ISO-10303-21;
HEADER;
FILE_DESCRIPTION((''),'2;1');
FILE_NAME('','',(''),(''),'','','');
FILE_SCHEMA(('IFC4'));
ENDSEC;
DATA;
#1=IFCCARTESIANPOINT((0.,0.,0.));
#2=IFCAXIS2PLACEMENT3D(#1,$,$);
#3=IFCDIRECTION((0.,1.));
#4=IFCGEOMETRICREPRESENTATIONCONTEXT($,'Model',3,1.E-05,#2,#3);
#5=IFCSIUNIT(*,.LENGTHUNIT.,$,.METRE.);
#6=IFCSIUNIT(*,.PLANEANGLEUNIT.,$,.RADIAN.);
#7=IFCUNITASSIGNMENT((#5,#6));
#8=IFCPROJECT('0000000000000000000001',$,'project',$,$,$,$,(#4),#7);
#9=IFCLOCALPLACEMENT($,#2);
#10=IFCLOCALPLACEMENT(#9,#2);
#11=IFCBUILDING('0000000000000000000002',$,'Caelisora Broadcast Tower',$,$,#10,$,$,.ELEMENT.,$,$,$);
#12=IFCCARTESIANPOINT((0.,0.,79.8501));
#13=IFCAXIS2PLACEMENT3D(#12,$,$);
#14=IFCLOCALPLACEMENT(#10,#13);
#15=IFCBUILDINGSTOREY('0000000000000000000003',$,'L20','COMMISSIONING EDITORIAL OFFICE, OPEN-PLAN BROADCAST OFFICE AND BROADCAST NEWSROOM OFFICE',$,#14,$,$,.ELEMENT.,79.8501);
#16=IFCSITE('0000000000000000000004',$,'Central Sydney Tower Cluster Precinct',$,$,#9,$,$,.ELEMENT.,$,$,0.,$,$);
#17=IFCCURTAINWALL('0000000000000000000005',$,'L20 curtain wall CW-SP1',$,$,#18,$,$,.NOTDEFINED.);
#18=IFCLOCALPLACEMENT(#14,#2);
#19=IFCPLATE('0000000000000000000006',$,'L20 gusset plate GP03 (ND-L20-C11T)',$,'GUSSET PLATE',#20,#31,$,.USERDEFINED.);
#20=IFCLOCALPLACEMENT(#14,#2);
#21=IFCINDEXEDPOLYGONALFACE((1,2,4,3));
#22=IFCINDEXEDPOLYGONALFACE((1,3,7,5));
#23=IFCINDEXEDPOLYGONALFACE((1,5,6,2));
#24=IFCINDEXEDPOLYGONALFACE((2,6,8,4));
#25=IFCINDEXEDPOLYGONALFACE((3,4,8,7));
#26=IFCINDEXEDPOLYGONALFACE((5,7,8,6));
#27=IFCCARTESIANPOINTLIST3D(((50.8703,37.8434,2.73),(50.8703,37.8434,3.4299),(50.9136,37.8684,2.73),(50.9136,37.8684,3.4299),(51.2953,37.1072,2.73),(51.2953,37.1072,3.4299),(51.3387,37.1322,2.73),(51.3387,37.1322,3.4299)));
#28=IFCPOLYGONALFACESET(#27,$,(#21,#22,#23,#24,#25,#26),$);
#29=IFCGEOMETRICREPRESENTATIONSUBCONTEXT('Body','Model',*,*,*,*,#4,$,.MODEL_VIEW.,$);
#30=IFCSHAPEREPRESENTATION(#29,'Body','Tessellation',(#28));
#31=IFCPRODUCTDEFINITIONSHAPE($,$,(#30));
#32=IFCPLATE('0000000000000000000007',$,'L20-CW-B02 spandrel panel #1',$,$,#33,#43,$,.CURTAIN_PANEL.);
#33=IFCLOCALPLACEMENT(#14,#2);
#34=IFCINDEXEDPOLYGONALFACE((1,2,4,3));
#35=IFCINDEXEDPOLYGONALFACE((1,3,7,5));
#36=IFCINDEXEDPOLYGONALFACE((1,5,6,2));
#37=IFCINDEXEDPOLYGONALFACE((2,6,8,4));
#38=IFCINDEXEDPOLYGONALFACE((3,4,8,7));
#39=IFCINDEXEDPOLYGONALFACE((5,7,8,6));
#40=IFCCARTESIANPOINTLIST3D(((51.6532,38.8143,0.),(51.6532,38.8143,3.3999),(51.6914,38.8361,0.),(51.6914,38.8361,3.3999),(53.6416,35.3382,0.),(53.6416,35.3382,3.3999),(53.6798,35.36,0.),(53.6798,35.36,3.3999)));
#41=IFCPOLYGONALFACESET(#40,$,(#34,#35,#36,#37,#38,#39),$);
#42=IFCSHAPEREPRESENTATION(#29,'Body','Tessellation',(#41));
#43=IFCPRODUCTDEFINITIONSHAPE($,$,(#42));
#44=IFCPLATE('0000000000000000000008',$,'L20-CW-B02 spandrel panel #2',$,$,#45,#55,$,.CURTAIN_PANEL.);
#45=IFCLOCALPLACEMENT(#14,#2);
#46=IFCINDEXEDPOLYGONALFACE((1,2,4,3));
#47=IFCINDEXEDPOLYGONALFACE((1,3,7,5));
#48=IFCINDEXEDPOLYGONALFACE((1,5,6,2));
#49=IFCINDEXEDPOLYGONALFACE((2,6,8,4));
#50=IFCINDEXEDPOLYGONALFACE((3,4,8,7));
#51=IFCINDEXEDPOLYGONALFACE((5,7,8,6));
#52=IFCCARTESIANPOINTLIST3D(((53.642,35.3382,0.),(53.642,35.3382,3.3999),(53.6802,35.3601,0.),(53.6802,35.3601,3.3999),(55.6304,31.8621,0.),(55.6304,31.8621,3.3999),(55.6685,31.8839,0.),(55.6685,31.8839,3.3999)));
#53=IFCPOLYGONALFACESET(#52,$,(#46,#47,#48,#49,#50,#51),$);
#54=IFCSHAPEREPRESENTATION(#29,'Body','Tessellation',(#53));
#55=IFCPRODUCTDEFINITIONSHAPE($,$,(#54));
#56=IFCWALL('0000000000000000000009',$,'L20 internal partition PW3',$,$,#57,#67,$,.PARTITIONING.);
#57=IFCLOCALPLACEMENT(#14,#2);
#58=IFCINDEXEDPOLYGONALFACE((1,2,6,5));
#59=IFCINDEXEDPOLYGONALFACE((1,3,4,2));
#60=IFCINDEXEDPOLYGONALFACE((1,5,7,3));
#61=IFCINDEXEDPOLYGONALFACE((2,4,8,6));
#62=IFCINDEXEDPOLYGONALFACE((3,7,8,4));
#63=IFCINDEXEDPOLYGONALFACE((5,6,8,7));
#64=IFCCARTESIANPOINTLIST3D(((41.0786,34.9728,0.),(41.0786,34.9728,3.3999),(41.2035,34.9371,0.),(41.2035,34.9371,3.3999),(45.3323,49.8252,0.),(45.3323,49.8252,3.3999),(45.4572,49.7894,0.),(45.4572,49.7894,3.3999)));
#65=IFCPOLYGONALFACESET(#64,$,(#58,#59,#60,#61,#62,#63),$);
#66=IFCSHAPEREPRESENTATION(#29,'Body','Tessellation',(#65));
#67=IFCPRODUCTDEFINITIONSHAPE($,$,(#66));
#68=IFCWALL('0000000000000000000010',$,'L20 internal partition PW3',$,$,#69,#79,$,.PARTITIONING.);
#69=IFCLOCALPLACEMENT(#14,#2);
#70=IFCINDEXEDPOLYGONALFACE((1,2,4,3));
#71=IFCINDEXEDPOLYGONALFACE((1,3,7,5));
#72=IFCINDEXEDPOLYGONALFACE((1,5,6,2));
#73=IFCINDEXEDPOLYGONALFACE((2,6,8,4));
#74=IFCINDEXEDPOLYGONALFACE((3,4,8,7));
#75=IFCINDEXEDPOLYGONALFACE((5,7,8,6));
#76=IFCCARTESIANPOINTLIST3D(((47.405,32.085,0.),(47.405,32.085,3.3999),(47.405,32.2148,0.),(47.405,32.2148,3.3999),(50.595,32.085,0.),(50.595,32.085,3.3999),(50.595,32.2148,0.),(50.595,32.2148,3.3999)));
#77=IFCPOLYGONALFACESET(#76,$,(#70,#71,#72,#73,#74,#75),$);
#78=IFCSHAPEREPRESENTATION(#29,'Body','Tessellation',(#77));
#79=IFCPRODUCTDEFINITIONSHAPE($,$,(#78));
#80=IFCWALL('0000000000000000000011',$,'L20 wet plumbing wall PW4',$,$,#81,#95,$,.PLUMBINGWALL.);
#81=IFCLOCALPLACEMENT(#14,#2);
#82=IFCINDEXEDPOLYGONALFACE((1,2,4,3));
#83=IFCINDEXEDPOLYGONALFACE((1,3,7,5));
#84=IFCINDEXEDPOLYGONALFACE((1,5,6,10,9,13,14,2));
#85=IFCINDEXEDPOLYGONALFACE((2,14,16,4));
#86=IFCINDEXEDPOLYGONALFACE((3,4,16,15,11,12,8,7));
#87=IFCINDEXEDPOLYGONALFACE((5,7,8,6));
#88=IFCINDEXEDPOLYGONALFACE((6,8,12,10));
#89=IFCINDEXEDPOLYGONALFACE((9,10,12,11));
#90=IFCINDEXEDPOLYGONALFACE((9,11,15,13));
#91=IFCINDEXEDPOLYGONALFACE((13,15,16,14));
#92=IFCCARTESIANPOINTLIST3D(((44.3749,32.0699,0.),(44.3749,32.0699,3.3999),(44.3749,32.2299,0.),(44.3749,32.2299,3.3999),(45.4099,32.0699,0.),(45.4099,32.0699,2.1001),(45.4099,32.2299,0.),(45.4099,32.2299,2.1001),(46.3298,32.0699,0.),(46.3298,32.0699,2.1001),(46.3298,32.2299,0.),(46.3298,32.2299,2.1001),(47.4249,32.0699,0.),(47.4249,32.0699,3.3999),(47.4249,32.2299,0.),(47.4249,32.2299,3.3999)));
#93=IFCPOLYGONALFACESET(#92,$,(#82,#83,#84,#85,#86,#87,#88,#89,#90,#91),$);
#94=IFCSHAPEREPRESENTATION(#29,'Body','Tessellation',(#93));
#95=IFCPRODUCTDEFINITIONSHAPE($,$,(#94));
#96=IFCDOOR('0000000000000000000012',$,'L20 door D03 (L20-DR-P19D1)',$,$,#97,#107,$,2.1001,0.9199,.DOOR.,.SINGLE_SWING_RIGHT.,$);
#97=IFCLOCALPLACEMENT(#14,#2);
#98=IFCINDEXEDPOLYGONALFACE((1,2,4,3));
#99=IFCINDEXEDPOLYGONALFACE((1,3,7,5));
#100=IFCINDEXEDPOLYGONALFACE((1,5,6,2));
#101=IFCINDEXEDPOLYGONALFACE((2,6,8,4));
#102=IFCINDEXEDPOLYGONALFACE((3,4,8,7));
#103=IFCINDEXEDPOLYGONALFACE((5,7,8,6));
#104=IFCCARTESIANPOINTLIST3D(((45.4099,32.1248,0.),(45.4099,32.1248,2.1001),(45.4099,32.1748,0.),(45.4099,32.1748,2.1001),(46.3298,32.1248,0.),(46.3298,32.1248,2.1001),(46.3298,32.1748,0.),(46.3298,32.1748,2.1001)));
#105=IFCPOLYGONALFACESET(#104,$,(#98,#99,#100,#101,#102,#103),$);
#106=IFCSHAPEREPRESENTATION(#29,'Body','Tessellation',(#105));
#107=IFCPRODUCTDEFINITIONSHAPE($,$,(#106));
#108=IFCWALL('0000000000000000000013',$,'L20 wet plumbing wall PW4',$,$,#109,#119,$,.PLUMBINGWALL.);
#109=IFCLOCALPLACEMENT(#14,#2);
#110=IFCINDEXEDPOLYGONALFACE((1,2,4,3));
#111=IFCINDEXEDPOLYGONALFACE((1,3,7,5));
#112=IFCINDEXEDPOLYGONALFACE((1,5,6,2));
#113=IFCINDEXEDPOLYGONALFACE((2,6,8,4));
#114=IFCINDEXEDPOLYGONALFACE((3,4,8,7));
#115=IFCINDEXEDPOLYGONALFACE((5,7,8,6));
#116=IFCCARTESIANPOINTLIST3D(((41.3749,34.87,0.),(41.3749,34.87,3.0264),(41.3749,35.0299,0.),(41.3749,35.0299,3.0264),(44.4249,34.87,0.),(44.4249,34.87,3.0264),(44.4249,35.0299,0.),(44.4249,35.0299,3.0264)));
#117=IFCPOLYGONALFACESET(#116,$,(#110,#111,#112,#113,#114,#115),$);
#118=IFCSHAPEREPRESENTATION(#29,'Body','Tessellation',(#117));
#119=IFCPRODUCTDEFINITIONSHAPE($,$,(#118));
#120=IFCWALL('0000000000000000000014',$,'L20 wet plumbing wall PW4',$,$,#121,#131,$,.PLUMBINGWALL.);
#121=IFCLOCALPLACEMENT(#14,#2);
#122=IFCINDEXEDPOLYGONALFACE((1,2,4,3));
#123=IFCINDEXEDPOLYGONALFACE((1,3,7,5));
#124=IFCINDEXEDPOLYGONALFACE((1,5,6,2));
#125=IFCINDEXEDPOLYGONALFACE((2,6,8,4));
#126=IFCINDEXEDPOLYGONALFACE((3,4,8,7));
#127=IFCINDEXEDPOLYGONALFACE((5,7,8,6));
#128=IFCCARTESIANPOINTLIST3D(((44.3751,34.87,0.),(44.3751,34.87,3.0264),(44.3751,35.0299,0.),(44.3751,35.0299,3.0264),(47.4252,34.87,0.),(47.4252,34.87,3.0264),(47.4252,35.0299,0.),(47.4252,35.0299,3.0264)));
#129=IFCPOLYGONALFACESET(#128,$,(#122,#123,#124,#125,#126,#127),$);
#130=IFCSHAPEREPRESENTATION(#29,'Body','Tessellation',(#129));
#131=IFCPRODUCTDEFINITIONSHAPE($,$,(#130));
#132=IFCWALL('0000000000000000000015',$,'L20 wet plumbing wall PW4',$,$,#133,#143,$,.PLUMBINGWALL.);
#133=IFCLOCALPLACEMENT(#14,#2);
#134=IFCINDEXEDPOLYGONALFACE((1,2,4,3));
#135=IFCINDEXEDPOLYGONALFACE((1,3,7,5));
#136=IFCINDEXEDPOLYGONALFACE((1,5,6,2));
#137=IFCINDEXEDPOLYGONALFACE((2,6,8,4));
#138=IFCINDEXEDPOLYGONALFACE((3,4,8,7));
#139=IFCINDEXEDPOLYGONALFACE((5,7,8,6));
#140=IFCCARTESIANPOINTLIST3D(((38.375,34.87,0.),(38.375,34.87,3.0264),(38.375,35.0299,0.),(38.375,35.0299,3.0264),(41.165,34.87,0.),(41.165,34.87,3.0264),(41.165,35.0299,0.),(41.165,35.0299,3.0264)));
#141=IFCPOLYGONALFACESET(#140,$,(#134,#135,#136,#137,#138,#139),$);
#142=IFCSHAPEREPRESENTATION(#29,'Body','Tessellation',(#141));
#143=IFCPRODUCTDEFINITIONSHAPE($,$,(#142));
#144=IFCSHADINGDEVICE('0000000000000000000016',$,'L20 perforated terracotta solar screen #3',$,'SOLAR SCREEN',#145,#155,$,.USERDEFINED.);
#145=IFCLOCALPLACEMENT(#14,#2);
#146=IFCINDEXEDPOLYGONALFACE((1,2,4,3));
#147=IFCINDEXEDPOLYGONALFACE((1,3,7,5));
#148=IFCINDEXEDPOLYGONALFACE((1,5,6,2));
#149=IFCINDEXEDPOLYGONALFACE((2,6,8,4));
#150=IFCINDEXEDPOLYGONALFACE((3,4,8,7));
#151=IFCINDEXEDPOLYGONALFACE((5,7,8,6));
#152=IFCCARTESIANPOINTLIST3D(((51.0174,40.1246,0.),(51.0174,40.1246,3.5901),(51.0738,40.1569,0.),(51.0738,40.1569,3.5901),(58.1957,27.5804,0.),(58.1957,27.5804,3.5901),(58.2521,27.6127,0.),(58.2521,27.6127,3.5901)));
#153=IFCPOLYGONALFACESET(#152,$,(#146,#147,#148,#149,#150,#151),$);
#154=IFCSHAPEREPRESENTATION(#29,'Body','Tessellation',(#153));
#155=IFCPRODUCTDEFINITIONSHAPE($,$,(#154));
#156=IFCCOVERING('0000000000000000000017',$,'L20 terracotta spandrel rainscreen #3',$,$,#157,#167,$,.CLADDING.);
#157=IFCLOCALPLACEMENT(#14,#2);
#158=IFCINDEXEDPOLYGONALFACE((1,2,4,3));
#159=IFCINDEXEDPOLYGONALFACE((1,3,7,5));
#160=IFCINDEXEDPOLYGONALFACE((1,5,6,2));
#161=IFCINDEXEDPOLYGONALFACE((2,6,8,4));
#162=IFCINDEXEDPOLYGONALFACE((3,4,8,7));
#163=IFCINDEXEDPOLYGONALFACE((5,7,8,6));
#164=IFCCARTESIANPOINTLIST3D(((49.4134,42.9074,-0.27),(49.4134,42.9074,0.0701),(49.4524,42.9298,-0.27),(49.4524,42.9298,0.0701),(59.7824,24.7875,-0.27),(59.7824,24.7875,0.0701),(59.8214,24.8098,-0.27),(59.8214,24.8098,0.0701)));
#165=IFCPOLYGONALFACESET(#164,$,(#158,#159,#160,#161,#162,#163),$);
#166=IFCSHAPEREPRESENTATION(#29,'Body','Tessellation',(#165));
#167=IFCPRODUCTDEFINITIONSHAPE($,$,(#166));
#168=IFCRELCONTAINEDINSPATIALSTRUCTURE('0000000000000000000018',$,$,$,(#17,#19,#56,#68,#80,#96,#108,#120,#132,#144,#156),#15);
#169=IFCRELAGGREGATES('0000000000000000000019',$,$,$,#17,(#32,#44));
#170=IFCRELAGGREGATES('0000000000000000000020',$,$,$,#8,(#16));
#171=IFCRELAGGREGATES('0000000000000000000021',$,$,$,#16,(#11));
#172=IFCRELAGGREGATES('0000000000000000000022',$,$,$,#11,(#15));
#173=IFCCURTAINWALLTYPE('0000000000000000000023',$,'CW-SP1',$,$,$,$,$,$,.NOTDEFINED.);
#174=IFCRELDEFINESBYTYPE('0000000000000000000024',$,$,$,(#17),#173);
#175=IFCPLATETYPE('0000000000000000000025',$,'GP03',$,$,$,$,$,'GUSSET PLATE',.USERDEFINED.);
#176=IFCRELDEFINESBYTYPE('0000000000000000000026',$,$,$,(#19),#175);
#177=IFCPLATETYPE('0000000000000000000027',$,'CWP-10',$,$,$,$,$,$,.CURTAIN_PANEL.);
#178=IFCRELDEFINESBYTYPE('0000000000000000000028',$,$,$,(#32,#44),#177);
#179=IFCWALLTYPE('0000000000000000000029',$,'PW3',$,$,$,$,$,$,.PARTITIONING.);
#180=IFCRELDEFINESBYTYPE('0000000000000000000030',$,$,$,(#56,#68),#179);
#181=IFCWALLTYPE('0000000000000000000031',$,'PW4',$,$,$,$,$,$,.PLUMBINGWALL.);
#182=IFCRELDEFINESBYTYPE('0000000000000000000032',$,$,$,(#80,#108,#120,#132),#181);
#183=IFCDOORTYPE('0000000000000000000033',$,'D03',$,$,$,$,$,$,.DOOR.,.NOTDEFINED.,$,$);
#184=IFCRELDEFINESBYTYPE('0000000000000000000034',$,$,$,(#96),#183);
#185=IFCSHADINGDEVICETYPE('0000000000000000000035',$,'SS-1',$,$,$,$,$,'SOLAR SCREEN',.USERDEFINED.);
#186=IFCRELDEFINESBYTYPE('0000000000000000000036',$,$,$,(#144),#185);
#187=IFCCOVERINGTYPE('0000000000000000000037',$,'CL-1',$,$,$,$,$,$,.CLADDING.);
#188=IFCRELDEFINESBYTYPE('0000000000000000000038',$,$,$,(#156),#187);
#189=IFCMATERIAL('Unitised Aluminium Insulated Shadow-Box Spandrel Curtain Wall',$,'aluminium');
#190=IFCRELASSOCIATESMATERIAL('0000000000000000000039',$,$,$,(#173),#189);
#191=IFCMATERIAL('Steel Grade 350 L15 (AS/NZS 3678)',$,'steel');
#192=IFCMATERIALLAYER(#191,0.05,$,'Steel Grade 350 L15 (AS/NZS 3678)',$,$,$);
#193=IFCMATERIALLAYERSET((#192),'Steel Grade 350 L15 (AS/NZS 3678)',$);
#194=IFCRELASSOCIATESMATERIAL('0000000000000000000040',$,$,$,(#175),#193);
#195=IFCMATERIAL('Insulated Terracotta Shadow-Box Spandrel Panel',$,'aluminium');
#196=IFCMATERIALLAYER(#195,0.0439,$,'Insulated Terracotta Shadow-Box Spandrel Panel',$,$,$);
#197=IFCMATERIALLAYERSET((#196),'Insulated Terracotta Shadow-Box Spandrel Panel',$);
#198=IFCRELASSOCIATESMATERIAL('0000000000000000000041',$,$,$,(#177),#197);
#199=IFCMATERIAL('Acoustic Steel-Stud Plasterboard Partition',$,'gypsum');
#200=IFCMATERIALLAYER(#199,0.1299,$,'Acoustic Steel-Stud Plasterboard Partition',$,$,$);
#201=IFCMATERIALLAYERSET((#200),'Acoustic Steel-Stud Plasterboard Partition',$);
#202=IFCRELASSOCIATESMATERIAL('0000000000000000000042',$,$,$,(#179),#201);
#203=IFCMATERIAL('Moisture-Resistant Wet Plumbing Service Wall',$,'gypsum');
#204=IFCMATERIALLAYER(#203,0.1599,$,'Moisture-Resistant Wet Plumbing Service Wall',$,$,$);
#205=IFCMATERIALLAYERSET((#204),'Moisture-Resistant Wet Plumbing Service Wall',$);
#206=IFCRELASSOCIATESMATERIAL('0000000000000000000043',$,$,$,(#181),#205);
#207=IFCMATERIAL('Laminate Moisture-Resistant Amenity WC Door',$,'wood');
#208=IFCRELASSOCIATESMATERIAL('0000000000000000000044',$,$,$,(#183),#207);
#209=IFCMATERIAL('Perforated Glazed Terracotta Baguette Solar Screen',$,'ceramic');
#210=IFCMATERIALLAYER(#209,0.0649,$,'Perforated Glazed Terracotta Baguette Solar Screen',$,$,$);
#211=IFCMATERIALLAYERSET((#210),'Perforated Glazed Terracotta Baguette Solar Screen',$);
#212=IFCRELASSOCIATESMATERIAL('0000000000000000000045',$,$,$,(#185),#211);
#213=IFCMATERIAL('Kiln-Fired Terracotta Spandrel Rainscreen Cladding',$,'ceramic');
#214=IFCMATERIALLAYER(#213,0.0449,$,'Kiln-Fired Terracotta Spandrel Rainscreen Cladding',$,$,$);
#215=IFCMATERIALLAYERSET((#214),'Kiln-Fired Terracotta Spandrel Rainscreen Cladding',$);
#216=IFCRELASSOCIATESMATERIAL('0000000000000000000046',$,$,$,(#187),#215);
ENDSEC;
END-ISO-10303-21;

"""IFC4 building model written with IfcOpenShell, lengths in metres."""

from ifc_helpers import new_model, si_unit, direction, frame, frame_2d, origin, origin_2d, place, context, subcontext, project, spatial, rectangle, extrude, source, transform, mapped, material, layer, layer_set, type_object, type_shapes, element, fill, aggregate, save


model = new_model("IFC4")

# Units and contexts
model_context = context("Model", 3, precision=1e-05, world=origin(), true_north=direction((0.0, 1.0)))
body_context = subcontext(model_context, "Body", "Model", "MODEL_VIEW")
ifc_project = project(units=[si_unit("LENGTHUNIT", "METRE"), si_unit("PLANEANGLEUNIT", "RADIAN")], contexts=[model_context])

# Site, building, storey
site_placement = place(None, origin())
site = spatial("IfcSite", under=ifc_project, at=site_placement, Name="Central Sydney Tower Cluster Precinct", CompositionType="ELEMENT", RefElevation=0.0)
building_placement = place(site_placement, origin())
building = spatial("IfcBuilding", under=site, at=building_placement, Name="Caelisora Broadcast Tower", CompositionType="ELEMENT")
storey_placement = place(building_placement, frame((0.0, 0.0, 79.8501)))
storey = spatial("IfcBuildingStorey", under=building, at=storey_placement, Name="L20", Description="COMMISSIONING EDITORIAL OFFICE, OPEN-PLAN BROADCAST OFFICE AND BROADCAST NEWSROOM OFFICE", CompositionType="ELEMENT", Elevation=79.8501)

# Shared definitions
ifc_material_1 = material(Name="Steel Grade 350 L15 (AS/NZS 3678)", Category="steel")

# Curtain wall
ifc_material_2 = material(Name="Unitised Aluminium Insulated Shadow-Box Spandrel Curtain Wall", Category="aluminium")
curtain_wall_type = type_object("IfcCurtainWallType", Name="CW-SP1", PredefinedType="NOTDEFINED", material=ifc_material_2)
curtain_wall_placement = place(storey_placement, origin())
curtain_wall = element("IfcCurtainWall", 1, at=curtain_wall_placement, inside=storey, type_object=curtain_wall_type, Name="L20 curtain wall CW-SP1", PredefinedType="NOTDEFINED")

# Plates
ifc_layer_1 = layer(ifc_material_1, 0.05, Name="Steel Grade 350 L15 (AS/NZS 3678)")
ifc_layer_set_1 = layer_set([ifc_layer_1], Name="Steel Grade 350 L15 (AS/NZS 3678)")
plate_type_1 = type_object("IfcPlateType", Name="GP03", ElementType="GUSSET PLATE", PredefinedType="USERDEFINED", material=ifc_layer_set_1)
shared_shape_1 = source(origin(), body_context, "Body", "SweptSolid", [
    extrude(rectangle(XDim=0.8501, YDim=0.05, at=origin_2d()), origin(), (0.0, 0.0, 1.0), 0.7),
])
type_shapes(plate_type_1, [shared_shape_1])
plate_1_placement = place(storey_placement, frame((51.1045, 37.4878, 2.73), z_axis=(0.0, 0.0, 1.0), x_axis=(-0.5, 0.866025, 0.0)))
element("IfcPlate", 2, at=plate_1_placement, inside=storey, type_object=plate_type_1, Name="L20 gusset plate GP03 (ND-L20-C11T)", ObjectType="GUSSET PLATE", PredefinedType="USERDEFINED", context=body_context, shape_type="MappedRepresentation", body=[
    mapped(shared_shape_1, transform((0.0, 0.0, 0.0), scale=1.0)),
])
ifc_material_3 = material(Name="Insulated Terracotta Shadow-Box Spandrel Panel", Category="aluminium")
ifc_layer_2 = layer(ifc_material_3, 0.0439, Name="Insulated Terracotta Shadow-Box Spandrel Panel")
ifc_layer_set_2 = layer_set([ifc_layer_2], Name="Insulated Terracotta Shadow-Box Spandrel Panel")
plate_type_2 = type_object("IfcPlateType", Name="CWP-10", PredefinedType="CURTAIN_PANEL", material=ifc_layer_set_2)
shared_shape_2 = source(origin(), body_context, "Body", "SweptSolid", [
    extrude(rectangle(XDim=4.0046, YDim=0.0439, at=origin_2d()), origin(), (0.0, 0.0, 1.0), 3.3999),
])
type_shapes(plate_type_2, [shared_shape_2])
plate_2_placement = place(storey_placement, frame((52.6665, 37.0872, 0.0), z_axis=(0.0, 0.0, 1.0), x_axis=(0.49652, -0.868026, 0.0)))
plate_2 = element("IfcPlate", 3, at=plate_2_placement, type_object=plate_type_2, Name="L20-CW-B02 spandrel panel #1", PredefinedType="CURTAIN_PANEL", context=body_context, shape_type="MappedRepresentation", body=[
    mapped(shared_shape_2, transform((0.0, 0.0, 0.0), scale=1.0)),
])
plate_3_placement = place(storey_placement, frame((54.6553, 33.6111, 0.0), z_axis=(0.0, 0.0, 1.0), x_axis=(0.49652, -0.868026, 0.0)))
plate_3 = element("IfcPlate", 4, at=plate_3_placement, type_object=plate_type_2, Name="L20-CW-B02 spandrel panel #2", PredefinedType="CURTAIN_PANEL", context=body_context, shape_type="MappedRepresentation", body=[
    mapped(shared_shape_2, transform((0.0, 0.0, 0.0), scale=1.0)),
])
aggregate(curtain_wall, [plate_2, plate_3])

# Walls
ifc_material_4 = material(Name="Acoustic Steel-Stud Plasterboard Partition", Category="gypsum")
ifc_layer_3 = layer(ifc_material_4, 0.1299, Name="Acoustic Steel-Stud Plasterboard Partition")
ifc_layer_set_3 = layer_set([ifc_layer_3], Name="Acoustic Steel-Stud Plasterboard Partition")
wall_type_1 = type_object("IfcWallType", Name="PW3", PredefinedType="PARTITIONING", material=ifc_layer_set_3)
wall_1_placement = place(storey_placement, frame((41.1411, 34.9551, 0.0), z_axis=(0.0, 0.0, 1.0), x_axis=(0.275328, 0.96135, 0.0)))
element("IfcWall", 5, at=wall_1_placement, inside=storey, type_object=wall_type_1, Name="L20 internal partition PW3", PredefinedType="PARTITIONING", context=body_context, shape_type="SweptSolid", body=[
    extrude(rectangle(XDim=15.4495, YDim=0.1299, at=frame_2d((7.7246, 0.0))), origin(), (0.0, 0.0, 1.0), 3.3999),
])
wall_2_placement = place(storey_placement, frame((47.405, 32.1499, 0.0), z_axis=(0.0, 0.0, 1.0), x_axis=(1.0, 0.0, 0.0)))
element("IfcWall", 6, at=wall_2_placement, inside=storey, type_object=wall_type_1, Name="L20 internal partition PW3", PredefinedType="PARTITIONING", context=body_context, shape_type="SweptSolid", body=[
    extrude(rectangle(XDim=3.1899, YDim=0.1299, at=frame_2d((1.595, 0.0))), origin(), (0.0, 0.0, 1.0), 3.3999),
])

# Wall, opening, door
ifc_material_5 = material(Name="Moisture-Resistant Wet Plumbing Service Wall", Category="gypsum")
ifc_layer_4 = layer(ifc_material_5, 0.1599, Name="Moisture-Resistant Wet Plumbing Service Wall")
ifc_layer_set_4 = layer_set([ifc_layer_4], Name="Moisture-Resistant Wet Plumbing Service Wall")
wall_type_2 = type_object("IfcWallType", Name="PW4", PredefinedType="PLUMBINGWALL", material=ifc_layer_set_4)
wall_3_placement = place(storey_placement, frame((44.375, 32.1499, 0.0), z_axis=(0.0, 0.0, 1.0), x_axis=(1.0, 0.0, 0.0)))
wall_3 = element("IfcWall", 7, at=wall_3_placement, inside=storey, type_object=wall_type_2, Name="L20 wet plumbing wall PW4", PredefinedType="PLUMBINGWALL", context=body_context, shape_type="SweptSolid", body=[
    extrude(rectangle(XDim=3.05, YDim=0.1599, at=frame_2d((1.5249, 0.0))), origin(), (0.0, 0.0, 1.0), 3.3999),
])
opening_placement = place(wall_3_placement, frame((1.0349, 0.0, 0.0)))
opening = element("IfcOpeningElement", 8, at=opening_placement, cuts=wall_3, PredefinedType="OPENING", context=body_context, shape_type="SweptSolid", body=[
    extrude(rectangle(XDim=0.9199, YDim=2.1001, at=frame_2d((0.46, 1.05))), frame((0.0, 0.092, 0.0), z_axis=(0.0, -1.0, 0.0), x_axis=(1.0, 0.0, 0.0)), (0.0, 0.0, 1.0), 0.1838),
])
ifc_material_6 = material(Name="Laminate Moisture-Resistant Amenity WC Door", Category="wood")
door_type = type_object("IfcDoorType", Name="D03", OperationType="NOTDEFINED", PredefinedType="DOOR", material=ifc_material_6)
door_placement = place(opening_placement, origin())
door = element("IfcDoor", 9, at=door_placement, inside=storey, type_object=door_type, Name="L20 door D03 (L20-DR-P19D1)", OperationType="SINGLE_SWING_RIGHT", OverallHeight=2.1001, OverallWidth=0.9199, PredefinedType="DOOR", context=body_context, shape_type="SweptSolid", body=[
    extrude(rectangle(XDim=0.9199, YDim=2.1001, at=frame_2d((0.46, 1.05))), frame((0.0, 0.0249, 0.0), z_axis=(0.0, -1.0, 0.0), x_axis=(1.0, 0.0, 0.0)), (0.0, 0.0, 1.0), 0.05),
])
fill(opening, door)

# Walls
for number, where, z_axis, x_axis, name in (
    (10, (41.375, 34.95, 0.0), (0.0, 0.0, 1.0), (1.0, 0.0, 0.0), "L20 wet plumbing wall PW4"),
    (11, (47.425, 34.95, 0.0), (0.0, 0.0, 1.0), (-1.0, 0.0, 0.0), "L20 wet plumbing wall PW4"),
):
    element("IfcWall", number, at=place(storey_placement, frame(where, z_axis=z_axis, x_axis=x_axis)), inside=storey, type_object=wall_type_2, Name=name, PredefinedType="PLUMBINGWALL", context=body_context, shape_type="SweptSolid", body=[
        extrude(rectangle(XDim=3.05, YDim=0.1599, at=frame_2d((1.5249, 0.0))), origin(), (0.0, 0.0, 1.0), 3.0264),
    ])
wall_4_placement = place(storey_placement, frame((38.375, 34.95, 0.0), z_axis=(0.0, 0.0, 1.0), x_axis=(1.0, 0.0, 0.0)))
element("IfcWall", 12, at=wall_4_placement, inside=storey, type_object=wall_type_2, Name="L20 wet plumbing wall PW4", PredefinedType="PLUMBINGWALL", context=body_context, shape_type="SweptSolid", body=[
    extrude(rectangle(XDim=2.79, YDim=0.1599, at=frame_2d((1.395, 0.0))), origin(), (0.0, 0.0, 1.0), 3.0264),
])

# Shading device
ifc_material_7 = material(Name="Perforated Glazed Terracotta Baguette Solar Screen", Category="ceramic")
ifc_layer_5 = layer(ifc_material_7, 0.0649, Name="Perforated Glazed Terracotta Baguette Solar Screen")
ifc_layer_set_5 = layer_set([ifc_layer_5], Name="Perforated Glazed Terracotta Baguette Solar Screen")
shading_device_type = type_object("IfcShadingDeviceType", Name="SS-1", ElementType="SOLAR SCREEN", PredefinedType="USERDEFINED", material=ifc_layer_set_5)
shared_shape_3 = source(origin(), body_context, "Body", "SweptSolid", [
    extrude(rectangle(XDim=14.4529, YDim=0.0649, at=origin_2d()), origin(), (0.0, 0.0, 1.0), 3.5901),
])
type_shapes(shading_device_type, [shared_shape_3])
shading_device_placement = place(storey_placement, frame((54.6348, 33.8687, 0.0), z_axis=(0.0, 0.0, 1.0), x_axis=(-0.496671, 0.867939, 0.0)))
element("IfcShadingDevice", 13, at=shading_device_placement, inside=storey, type_object=shading_device_type, Name="L20 perforated terracotta solar screen #3", ObjectType="SOLAR SCREEN", PredefinedType="USERDEFINED", context=body_context, shape_type="MappedRepresentation", body=[
    mapped(shared_shape_3, transform((0.0, 0.0, 0.0), scale=1.0)),
])

# Covering
ifc_material_8 = material(Name="Kiln-Fired Terracotta Spandrel Rainscreen Cladding", Category="ceramic")
ifc_layer_6 = layer(ifc_material_8, 0.0449, Name="Kiln-Fired Terracotta Spandrel Rainscreen Cladding")
ifc_layer_set_6 = layer_set([ifc_layer_6], Name="Kiln-Fired Terracotta Spandrel Rainscreen Cladding")
covering_type = type_object("IfcCoveringType", Name="CL-1", PredefinedType="CLADDING", material=ifc_layer_set_6)
shared_shape_4 = source(origin(), body_context, "Body", "SweptSolid", [
    extrude(rectangle(XDim=20.877, YDim=0.0449, at=origin_2d()), origin(), (0.0, 0.0, 1.0), 0.3401),
])
type_shapes(covering_type, [shared_shape_4])
covering_placement = place(storey_placement, frame((54.6174, 33.8586, -0.27), z_axis=(0.0, 0.0, 1.0), x_axis=(-0.496671, 0.867939, 0.0)))
element("IfcCovering", 14, at=covering_placement, inside=storey, type_object=covering_type, Name="L20 terracotta spandrel rainscreen #3", PredefinedType="CLADDING", context=body_context, shape_type="MappedRepresentation", body=[
    mapped(shared_shape_4, transform((0.0, 0.0, 0.0), scale=1.0)),
])

save(model, "model.ifc")
